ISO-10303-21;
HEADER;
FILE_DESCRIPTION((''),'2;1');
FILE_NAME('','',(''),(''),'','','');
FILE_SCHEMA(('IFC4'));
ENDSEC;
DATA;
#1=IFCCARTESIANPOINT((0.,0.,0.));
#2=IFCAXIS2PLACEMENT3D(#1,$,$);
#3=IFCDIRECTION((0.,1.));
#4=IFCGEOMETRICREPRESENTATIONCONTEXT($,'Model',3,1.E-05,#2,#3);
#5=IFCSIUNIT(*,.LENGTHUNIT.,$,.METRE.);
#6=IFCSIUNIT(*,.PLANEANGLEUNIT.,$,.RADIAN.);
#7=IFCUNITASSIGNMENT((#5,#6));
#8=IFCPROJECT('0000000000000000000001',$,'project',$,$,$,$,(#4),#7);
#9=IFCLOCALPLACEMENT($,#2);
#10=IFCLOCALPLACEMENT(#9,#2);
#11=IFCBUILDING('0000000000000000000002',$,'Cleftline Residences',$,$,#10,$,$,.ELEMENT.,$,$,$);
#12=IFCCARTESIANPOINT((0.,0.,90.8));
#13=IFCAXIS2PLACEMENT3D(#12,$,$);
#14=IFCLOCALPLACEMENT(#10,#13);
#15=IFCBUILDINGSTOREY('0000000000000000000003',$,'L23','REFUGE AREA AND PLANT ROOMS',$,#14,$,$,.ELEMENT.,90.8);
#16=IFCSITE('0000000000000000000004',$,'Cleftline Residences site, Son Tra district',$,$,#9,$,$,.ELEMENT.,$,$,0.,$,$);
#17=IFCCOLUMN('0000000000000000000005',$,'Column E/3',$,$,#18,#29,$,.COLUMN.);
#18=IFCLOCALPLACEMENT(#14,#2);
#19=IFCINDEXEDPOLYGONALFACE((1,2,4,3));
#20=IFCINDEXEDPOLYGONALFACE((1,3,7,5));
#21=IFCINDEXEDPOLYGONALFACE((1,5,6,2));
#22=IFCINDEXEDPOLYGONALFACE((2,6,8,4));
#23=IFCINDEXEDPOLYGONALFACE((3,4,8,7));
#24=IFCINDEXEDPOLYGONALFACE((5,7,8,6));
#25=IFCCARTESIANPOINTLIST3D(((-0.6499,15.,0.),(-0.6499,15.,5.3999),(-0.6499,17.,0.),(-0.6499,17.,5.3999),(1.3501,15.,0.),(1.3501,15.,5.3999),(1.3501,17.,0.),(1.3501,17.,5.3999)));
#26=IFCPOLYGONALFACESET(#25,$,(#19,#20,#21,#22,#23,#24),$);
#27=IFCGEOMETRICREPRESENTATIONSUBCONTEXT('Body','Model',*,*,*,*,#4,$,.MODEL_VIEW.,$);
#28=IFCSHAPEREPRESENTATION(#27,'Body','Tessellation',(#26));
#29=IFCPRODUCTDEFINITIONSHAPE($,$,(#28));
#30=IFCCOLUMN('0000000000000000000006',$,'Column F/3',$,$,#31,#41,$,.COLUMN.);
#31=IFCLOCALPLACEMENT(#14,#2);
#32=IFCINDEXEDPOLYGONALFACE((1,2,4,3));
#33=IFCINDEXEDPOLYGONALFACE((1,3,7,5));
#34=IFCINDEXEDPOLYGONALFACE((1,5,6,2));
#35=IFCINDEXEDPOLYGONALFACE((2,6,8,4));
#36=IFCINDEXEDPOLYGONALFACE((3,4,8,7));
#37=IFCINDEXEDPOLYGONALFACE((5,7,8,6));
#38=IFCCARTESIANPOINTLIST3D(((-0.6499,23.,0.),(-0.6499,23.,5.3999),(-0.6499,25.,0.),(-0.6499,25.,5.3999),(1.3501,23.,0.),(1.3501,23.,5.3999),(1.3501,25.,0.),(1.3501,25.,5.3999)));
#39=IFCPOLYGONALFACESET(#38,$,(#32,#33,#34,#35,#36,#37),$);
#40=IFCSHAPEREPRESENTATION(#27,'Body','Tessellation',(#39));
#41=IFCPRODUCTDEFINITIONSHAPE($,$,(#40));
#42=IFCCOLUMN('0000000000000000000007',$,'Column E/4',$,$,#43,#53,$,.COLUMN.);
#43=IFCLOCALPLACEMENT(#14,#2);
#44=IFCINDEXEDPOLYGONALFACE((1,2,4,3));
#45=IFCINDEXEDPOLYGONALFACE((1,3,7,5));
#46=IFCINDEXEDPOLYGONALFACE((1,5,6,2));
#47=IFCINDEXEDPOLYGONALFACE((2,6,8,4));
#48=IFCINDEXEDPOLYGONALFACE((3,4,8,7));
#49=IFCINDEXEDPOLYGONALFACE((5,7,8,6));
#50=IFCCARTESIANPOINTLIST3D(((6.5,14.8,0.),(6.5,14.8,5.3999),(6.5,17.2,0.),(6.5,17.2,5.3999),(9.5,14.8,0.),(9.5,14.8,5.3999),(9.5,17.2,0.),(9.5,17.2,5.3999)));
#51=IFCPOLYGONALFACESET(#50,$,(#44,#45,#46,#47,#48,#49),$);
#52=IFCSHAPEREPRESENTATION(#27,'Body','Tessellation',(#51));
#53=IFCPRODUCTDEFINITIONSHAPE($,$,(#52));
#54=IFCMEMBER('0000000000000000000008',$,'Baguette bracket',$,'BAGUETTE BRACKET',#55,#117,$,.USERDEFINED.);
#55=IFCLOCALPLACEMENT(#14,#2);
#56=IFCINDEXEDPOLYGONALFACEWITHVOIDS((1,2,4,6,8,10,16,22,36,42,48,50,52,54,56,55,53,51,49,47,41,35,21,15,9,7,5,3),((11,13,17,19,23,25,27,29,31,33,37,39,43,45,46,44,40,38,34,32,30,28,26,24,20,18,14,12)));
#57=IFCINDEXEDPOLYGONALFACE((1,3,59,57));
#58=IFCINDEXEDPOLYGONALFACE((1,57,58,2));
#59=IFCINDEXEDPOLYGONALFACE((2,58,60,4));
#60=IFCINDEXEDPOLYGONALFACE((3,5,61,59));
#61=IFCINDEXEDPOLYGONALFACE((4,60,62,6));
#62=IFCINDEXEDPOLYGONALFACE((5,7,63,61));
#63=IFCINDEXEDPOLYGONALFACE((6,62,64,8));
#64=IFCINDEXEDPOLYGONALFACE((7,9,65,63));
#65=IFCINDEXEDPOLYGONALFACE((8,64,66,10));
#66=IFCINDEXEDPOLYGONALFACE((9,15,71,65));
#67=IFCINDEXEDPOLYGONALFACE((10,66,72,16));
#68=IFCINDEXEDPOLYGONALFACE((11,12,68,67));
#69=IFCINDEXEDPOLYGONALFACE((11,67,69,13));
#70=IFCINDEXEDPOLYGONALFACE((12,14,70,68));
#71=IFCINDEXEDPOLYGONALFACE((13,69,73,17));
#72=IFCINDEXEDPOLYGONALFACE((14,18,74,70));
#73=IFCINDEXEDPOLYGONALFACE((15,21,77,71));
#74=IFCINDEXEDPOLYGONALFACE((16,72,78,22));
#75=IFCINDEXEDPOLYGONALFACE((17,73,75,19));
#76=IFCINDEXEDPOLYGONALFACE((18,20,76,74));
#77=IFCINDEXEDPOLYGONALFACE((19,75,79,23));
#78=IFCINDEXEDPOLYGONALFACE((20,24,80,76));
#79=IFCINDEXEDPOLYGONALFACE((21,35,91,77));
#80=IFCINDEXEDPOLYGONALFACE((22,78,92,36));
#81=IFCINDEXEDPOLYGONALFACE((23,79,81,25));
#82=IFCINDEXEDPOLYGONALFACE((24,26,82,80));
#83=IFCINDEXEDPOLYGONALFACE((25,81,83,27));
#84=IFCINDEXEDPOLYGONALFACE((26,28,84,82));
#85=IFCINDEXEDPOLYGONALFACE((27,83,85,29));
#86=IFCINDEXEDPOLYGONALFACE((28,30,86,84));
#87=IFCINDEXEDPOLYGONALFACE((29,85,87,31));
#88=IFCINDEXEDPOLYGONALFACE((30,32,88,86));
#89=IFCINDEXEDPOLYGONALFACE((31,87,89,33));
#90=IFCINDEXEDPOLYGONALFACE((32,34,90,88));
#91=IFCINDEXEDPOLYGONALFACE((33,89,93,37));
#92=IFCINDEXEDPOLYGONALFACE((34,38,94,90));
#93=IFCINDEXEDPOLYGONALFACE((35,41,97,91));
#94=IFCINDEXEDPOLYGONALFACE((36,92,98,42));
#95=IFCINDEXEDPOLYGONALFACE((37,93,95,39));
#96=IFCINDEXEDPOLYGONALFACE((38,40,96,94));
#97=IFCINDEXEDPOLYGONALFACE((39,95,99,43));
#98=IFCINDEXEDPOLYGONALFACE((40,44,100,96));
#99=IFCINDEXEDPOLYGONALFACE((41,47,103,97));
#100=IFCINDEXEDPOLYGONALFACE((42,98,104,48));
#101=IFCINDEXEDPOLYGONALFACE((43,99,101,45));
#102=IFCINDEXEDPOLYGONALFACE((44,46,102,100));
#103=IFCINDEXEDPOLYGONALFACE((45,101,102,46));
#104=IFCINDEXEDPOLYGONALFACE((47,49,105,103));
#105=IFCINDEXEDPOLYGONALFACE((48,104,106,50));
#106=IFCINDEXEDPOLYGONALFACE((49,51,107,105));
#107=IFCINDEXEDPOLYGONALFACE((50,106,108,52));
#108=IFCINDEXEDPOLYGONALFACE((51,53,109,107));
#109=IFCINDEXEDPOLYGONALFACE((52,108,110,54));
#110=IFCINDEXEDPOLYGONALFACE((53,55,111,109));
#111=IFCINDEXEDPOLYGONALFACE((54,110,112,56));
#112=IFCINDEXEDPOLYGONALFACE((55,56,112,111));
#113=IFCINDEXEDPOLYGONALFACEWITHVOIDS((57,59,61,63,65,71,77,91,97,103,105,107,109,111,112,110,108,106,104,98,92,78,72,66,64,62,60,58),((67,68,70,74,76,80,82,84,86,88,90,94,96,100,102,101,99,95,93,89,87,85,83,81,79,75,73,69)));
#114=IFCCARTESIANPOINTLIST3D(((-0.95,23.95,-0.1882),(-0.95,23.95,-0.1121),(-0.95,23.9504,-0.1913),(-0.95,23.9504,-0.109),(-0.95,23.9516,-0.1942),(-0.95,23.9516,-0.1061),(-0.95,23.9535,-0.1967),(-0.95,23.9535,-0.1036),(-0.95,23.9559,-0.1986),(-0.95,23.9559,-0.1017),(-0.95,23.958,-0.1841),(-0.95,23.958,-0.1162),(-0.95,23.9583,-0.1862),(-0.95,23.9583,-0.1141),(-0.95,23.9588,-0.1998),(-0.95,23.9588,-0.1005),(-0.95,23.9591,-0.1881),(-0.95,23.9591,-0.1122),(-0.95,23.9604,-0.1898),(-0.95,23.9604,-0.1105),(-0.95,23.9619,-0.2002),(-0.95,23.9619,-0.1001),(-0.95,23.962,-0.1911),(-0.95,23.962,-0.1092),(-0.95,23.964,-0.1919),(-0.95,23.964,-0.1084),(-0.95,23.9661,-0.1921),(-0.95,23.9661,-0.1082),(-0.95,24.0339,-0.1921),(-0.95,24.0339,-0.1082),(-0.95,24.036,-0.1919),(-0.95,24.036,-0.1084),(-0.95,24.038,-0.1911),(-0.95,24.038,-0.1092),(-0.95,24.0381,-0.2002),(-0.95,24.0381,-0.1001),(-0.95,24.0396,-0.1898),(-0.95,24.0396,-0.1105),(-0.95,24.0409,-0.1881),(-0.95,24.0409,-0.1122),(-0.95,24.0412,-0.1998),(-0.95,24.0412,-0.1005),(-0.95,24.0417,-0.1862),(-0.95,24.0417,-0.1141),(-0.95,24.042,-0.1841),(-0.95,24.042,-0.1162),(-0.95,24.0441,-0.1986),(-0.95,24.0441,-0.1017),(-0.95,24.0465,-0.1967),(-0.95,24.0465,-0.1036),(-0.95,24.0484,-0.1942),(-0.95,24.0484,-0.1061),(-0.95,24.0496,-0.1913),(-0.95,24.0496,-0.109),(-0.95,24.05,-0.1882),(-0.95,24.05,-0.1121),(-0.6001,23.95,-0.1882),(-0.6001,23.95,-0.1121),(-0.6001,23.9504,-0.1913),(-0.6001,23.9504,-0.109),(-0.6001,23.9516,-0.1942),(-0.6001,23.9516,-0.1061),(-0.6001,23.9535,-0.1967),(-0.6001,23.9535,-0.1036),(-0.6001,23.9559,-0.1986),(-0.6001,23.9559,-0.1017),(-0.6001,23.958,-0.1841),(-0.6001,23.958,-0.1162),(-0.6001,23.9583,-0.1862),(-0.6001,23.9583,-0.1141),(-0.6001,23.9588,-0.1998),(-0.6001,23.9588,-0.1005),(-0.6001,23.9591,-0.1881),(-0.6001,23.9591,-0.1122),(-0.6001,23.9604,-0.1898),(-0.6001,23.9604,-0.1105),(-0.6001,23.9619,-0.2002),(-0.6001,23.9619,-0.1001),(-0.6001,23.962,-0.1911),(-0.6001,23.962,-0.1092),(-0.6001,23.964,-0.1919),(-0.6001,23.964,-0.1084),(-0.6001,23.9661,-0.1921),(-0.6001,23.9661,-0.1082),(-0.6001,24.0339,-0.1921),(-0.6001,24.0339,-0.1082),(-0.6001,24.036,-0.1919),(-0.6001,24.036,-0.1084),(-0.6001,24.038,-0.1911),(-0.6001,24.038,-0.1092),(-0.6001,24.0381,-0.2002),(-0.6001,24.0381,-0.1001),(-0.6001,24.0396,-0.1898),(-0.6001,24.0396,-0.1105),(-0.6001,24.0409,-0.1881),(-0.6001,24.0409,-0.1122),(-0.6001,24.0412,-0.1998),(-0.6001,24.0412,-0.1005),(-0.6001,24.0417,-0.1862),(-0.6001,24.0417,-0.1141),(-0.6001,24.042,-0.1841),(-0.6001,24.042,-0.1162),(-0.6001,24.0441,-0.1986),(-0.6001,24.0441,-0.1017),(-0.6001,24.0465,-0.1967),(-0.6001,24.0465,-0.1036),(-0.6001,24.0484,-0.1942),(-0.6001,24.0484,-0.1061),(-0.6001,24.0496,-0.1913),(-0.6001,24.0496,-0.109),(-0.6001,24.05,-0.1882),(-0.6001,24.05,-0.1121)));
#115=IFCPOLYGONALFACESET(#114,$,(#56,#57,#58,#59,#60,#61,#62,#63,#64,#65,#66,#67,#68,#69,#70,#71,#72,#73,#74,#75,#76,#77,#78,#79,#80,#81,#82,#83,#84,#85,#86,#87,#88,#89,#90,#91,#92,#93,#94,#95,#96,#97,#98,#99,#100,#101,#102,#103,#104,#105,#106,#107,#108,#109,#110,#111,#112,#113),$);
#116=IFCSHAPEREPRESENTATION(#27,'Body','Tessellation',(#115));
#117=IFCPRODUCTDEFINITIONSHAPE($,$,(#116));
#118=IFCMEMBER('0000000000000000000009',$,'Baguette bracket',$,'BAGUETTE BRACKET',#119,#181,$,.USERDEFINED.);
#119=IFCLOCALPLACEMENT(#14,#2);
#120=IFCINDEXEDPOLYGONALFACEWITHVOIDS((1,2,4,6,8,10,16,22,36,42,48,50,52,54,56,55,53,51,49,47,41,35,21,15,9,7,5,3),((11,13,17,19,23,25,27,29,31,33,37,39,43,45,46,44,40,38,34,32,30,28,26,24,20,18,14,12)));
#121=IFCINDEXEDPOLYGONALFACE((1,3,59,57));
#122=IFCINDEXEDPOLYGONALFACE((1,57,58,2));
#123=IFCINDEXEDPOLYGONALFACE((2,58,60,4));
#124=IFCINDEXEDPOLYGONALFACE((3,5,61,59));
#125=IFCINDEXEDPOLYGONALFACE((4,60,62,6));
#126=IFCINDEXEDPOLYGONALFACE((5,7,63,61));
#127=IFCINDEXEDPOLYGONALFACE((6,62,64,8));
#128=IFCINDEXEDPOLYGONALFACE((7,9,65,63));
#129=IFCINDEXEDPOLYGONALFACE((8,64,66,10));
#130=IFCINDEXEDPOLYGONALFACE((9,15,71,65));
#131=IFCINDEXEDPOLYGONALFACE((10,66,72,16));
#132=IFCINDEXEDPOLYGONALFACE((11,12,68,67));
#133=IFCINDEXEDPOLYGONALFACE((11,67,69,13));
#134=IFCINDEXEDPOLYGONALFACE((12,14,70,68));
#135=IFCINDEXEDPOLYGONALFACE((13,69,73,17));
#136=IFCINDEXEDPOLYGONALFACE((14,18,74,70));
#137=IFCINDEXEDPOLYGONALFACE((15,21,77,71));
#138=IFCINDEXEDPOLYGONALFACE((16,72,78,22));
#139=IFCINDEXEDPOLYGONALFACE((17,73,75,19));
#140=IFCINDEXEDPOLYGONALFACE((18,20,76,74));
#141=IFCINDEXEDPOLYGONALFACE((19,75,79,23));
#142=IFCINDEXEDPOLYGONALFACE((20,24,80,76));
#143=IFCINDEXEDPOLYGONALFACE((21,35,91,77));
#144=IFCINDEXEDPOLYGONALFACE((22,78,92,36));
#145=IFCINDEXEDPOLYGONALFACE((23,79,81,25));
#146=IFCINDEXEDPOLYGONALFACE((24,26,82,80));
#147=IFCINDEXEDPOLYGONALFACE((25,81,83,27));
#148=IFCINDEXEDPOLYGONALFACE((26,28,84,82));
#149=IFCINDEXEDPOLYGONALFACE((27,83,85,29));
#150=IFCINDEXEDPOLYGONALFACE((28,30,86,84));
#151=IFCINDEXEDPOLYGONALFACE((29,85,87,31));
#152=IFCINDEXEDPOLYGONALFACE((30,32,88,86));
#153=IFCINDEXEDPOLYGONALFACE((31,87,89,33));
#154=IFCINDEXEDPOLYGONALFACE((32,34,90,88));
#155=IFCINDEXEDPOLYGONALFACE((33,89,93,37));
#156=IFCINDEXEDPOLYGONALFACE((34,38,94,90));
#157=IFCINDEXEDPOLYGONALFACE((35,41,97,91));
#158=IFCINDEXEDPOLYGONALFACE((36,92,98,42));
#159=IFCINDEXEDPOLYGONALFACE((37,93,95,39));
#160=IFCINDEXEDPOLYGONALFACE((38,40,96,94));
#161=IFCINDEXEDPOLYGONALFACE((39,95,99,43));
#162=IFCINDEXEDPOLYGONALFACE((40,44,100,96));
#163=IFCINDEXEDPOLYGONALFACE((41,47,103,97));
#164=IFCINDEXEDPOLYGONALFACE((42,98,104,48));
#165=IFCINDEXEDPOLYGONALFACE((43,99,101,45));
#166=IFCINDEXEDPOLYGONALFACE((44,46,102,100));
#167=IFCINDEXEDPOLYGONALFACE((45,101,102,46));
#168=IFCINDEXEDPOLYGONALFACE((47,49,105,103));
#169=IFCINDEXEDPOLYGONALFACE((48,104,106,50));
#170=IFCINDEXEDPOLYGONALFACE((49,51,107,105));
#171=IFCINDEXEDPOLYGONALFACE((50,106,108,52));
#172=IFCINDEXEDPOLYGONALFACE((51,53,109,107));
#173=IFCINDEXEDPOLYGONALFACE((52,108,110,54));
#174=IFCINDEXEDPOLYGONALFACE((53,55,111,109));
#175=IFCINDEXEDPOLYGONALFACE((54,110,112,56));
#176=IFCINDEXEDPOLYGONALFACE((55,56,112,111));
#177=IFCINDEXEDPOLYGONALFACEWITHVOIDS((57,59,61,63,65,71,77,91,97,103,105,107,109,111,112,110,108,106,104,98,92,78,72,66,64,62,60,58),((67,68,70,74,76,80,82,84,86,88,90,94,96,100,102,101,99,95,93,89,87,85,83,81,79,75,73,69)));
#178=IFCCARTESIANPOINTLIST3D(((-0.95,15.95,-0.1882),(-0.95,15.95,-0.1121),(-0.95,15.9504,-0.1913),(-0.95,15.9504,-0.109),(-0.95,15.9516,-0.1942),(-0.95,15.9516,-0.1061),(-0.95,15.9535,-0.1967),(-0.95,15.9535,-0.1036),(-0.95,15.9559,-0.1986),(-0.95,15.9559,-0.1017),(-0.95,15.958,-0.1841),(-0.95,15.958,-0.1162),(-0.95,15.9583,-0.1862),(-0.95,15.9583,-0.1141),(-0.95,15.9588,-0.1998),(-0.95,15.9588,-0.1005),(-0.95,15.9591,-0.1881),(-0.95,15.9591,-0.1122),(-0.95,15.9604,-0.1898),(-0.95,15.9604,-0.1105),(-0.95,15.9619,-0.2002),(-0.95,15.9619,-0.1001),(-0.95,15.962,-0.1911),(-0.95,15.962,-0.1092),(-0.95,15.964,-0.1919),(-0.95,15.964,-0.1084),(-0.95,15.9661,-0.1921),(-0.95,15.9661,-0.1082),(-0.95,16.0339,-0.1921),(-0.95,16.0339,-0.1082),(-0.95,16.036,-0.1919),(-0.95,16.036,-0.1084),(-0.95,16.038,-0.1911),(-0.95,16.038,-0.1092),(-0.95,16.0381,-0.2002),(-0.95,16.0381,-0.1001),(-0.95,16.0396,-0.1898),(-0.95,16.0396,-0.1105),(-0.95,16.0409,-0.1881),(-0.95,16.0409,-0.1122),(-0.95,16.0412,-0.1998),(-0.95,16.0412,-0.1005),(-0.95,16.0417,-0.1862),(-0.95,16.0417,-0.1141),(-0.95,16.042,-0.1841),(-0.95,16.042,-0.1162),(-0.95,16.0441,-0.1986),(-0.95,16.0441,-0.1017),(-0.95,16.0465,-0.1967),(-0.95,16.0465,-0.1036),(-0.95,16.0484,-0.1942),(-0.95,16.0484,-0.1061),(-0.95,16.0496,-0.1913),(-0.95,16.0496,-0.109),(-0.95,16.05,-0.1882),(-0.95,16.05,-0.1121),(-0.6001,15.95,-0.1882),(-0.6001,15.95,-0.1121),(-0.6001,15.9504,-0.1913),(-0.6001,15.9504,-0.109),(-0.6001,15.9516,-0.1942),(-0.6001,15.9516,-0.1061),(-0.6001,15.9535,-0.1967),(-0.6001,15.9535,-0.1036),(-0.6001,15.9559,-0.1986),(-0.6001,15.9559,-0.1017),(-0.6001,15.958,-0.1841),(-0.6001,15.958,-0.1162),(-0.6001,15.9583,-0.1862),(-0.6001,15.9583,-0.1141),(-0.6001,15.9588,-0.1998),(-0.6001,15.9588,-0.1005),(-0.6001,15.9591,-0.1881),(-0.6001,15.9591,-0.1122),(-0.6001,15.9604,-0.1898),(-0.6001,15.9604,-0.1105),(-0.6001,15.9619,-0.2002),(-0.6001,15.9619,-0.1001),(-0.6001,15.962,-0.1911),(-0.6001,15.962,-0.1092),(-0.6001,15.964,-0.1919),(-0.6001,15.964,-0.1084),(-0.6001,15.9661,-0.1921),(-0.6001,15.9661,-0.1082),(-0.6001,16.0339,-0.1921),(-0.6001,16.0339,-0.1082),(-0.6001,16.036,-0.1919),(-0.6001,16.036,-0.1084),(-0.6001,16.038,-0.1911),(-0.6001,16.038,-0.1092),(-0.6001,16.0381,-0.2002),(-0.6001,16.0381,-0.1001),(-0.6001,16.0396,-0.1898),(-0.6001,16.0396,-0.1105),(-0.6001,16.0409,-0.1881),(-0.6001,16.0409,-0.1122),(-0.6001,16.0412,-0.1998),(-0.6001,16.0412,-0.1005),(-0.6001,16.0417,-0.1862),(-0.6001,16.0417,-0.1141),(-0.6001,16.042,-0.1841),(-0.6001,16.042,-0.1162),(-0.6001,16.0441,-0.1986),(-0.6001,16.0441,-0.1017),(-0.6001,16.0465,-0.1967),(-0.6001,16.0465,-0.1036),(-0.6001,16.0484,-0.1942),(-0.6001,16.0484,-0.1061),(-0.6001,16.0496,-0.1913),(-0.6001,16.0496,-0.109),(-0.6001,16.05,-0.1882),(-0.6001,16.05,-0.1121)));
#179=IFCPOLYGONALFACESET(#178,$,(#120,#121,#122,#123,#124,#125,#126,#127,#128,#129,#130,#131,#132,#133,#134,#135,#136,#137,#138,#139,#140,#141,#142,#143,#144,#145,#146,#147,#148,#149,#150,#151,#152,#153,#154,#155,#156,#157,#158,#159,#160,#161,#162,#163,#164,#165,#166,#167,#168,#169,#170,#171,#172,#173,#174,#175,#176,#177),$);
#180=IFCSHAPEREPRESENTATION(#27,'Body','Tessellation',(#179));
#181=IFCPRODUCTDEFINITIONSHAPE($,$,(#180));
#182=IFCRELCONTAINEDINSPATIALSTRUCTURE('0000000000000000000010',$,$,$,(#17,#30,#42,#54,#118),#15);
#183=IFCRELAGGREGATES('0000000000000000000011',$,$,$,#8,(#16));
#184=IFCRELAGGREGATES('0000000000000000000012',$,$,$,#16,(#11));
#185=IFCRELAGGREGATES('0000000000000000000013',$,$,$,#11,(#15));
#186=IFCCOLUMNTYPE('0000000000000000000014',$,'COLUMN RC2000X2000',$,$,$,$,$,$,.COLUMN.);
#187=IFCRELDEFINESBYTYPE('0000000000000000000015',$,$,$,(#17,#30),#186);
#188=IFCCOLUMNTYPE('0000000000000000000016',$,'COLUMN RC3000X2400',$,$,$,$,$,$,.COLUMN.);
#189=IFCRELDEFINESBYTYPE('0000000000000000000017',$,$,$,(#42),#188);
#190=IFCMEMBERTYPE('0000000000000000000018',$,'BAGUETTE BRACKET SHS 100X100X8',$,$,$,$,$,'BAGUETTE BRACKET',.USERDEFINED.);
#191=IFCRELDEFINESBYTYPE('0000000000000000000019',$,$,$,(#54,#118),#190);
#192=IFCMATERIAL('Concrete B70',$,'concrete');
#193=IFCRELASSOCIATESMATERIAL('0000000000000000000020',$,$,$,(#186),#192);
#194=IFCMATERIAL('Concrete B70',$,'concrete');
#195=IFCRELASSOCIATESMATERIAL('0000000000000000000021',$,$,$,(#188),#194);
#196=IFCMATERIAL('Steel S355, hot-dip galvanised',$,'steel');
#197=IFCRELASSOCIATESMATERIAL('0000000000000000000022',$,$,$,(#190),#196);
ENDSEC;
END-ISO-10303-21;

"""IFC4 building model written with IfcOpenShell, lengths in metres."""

from ifc_helpers import new_model, si_unit, direction, frame, origin, origin_2d, place, context, subcontext, project, spatial, rectangle, hollow_rectangle, extrude, material, material_profile, profile_set, type_object, element, save


model = new_model("IFC4")

# Units and contexts
model_context = context("Model", 3, precision=1e-05, world=origin(), true_north=direction((0.0, 1.0)))
body_context = subcontext(model_context, "Body", "Model", "MODEL_VIEW")
ifc_project = project(units=[si_unit("LENGTHUNIT", "METRE"), si_unit("PLANEANGLEUNIT", "RADIAN")], contexts=[model_context])

# Site, building, storey
site_placement = place(None, origin())
site = spatial("IfcSite", under=ifc_project, at=site_placement, Name="Cleftline Residences site, Son Tra district", CompositionType="ELEMENT", RefElevation=0.0)
building_placement = place(site_placement, origin())
building = spatial("IfcBuilding", under=site, at=building_placement, Name="Cleftline Residences", CompositionType="ELEMENT")
storey_placement = place(building_placement, frame((0.0, 0.0, 90.8)))
storey = spatial("IfcBuildingStorey", under=building, at=storey_placement, Name="L23", Description="REFUGE AREA AND PLANT ROOMS", CompositionType="ELEMENT", Elevation=90.8)

# Columns
ifc_material_1 = material(Name="Concrete B70", Category="concrete")
ifc_material_profile_1 = material_profile(ifc_material_1, rectangle(XDim=2.0, YDim=2.0, at=origin_2d()))
ifc_profile_set_1 = profile_set([ifc_material_profile_1], Name="Concrete B70")
column_type_1 = type_object("IfcColumnType", Name="COLUMN RC2000X2000", PredefinedType="COLUMN", material=ifc_profile_set_1)
for number, where, z_axis, x_axis, name in (
    (1, (0.3501, 16.0, 0.0), (0.0, 0.0, 1.0), (1.0, 0.0, 0.0), "Column E/3"),
    (2, (0.3501, 24.0, 0.0), (0.0, 0.0, 1.0), (1.0, 0.0, 0.0), "Column F/3"),
):
    element("IfcColumn", number, at=place(storey_placement, frame(where, z_axis=z_axis, x_axis=x_axis)), inside=storey, type_object=column_type_1, Name=name, PredefinedType="COLUMN", context=body_context, shape_type="SweptSolid", body=[
        extrude(rectangle(XDim=2.0, YDim=2.0, at=origin_2d()), origin(), (0.0, 0.0, 1.0), 5.3999),
    ])
ifc_material_2 = material(Name="Concrete B70", Category="concrete")
ifc_material_profile_2 = material_profile(ifc_material_2, rectangle(XDim=3.0, YDim=2.3999, at=origin_2d()))
ifc_profile_set_2 = profile_set([ifc_material_profile_2], Name="Concrete B70")
column_type_2 = type_object("IfcColumnType", Name="COLUMN RC3000X2400", PredefinedType="COLUMN", material=ifc_profile_set_2)
column_placement = place(storey_placement, frame((8.0, 16.0, 0.0), z_axis=(0.0, 0.0, 1.0), x_axis=(1.0, 0.0, 0.0)))
element("IfcColumn", 3, at=column_placement, inside=storey, type_object=column_type_2, Name="Column E/4", PredefinedType="COLUMN", context=body_context, shape_type="SweptSolid", body=[
    extrude(rectangle(XDim=3.0, YDim=2.3999, at=origin_2d()), origin(), (0.0, 0.0, 1.0), 5.3999),
])

# Members
ifc_material_3 = material(Name="Steel S355, hot-dip galvanised", Category="steel")
ifc_material_profile_3 = material_profile(ifc_material_3, hollow_rectangle(XDim=0.1001, YDim=0.1001, WallThickness=0.0081, InnerFilletRadius=0.0081, OuterFilletRadius=0.012, at=origin_2d()))
ifc_profile_set_3 = profile_set([ifc_material_profile_3], Name="Steel S355, hot-dip galvanised")
member_type_1 = type_object("IfcMemberType", Name="BAGUETTE BRACKET SHS 100X100X8", ElementType="BAGUETTE BRACKET", PredefinedType="USERDEFINED", material=ifc_profile_set_3)
for number, where, z_axis, x_axis, name in (
    (4, (-0.6001, 24.0, -0.1501), (-1.0, 0.0, 0.0), (0.0, -1.0, 0.0), "Baguette bracket"),
    (5, (-0.6001, 16.0, -0.1501), (-1.0, 0.0, 0.0), (0.0, -1.0, 0.0), "Baguette bracket"),
):
    element("IfcMember", number, at=place(storey_placement, frame(where, z_axis=z_axis, x_axis=x_axis)), inside=storey, type_object=member_type_1, Name=name, ObjectType="BAGUETTE BRACKET", PredefinedType="USERDEFINED", context=body_context, shape_type="SweptSolid", body=[
        extrude(hollow_rectangle(XDim=0.1001, YDim=0.1001, WallThickness=0.0081, InnerFilletRadius=0.0081, OuterFilletRadius=0.012, at=origin_2d()), origin(), (0.0, 0.0, 1.0), 0.3499),
    ])

save(model, "model.ifc")
